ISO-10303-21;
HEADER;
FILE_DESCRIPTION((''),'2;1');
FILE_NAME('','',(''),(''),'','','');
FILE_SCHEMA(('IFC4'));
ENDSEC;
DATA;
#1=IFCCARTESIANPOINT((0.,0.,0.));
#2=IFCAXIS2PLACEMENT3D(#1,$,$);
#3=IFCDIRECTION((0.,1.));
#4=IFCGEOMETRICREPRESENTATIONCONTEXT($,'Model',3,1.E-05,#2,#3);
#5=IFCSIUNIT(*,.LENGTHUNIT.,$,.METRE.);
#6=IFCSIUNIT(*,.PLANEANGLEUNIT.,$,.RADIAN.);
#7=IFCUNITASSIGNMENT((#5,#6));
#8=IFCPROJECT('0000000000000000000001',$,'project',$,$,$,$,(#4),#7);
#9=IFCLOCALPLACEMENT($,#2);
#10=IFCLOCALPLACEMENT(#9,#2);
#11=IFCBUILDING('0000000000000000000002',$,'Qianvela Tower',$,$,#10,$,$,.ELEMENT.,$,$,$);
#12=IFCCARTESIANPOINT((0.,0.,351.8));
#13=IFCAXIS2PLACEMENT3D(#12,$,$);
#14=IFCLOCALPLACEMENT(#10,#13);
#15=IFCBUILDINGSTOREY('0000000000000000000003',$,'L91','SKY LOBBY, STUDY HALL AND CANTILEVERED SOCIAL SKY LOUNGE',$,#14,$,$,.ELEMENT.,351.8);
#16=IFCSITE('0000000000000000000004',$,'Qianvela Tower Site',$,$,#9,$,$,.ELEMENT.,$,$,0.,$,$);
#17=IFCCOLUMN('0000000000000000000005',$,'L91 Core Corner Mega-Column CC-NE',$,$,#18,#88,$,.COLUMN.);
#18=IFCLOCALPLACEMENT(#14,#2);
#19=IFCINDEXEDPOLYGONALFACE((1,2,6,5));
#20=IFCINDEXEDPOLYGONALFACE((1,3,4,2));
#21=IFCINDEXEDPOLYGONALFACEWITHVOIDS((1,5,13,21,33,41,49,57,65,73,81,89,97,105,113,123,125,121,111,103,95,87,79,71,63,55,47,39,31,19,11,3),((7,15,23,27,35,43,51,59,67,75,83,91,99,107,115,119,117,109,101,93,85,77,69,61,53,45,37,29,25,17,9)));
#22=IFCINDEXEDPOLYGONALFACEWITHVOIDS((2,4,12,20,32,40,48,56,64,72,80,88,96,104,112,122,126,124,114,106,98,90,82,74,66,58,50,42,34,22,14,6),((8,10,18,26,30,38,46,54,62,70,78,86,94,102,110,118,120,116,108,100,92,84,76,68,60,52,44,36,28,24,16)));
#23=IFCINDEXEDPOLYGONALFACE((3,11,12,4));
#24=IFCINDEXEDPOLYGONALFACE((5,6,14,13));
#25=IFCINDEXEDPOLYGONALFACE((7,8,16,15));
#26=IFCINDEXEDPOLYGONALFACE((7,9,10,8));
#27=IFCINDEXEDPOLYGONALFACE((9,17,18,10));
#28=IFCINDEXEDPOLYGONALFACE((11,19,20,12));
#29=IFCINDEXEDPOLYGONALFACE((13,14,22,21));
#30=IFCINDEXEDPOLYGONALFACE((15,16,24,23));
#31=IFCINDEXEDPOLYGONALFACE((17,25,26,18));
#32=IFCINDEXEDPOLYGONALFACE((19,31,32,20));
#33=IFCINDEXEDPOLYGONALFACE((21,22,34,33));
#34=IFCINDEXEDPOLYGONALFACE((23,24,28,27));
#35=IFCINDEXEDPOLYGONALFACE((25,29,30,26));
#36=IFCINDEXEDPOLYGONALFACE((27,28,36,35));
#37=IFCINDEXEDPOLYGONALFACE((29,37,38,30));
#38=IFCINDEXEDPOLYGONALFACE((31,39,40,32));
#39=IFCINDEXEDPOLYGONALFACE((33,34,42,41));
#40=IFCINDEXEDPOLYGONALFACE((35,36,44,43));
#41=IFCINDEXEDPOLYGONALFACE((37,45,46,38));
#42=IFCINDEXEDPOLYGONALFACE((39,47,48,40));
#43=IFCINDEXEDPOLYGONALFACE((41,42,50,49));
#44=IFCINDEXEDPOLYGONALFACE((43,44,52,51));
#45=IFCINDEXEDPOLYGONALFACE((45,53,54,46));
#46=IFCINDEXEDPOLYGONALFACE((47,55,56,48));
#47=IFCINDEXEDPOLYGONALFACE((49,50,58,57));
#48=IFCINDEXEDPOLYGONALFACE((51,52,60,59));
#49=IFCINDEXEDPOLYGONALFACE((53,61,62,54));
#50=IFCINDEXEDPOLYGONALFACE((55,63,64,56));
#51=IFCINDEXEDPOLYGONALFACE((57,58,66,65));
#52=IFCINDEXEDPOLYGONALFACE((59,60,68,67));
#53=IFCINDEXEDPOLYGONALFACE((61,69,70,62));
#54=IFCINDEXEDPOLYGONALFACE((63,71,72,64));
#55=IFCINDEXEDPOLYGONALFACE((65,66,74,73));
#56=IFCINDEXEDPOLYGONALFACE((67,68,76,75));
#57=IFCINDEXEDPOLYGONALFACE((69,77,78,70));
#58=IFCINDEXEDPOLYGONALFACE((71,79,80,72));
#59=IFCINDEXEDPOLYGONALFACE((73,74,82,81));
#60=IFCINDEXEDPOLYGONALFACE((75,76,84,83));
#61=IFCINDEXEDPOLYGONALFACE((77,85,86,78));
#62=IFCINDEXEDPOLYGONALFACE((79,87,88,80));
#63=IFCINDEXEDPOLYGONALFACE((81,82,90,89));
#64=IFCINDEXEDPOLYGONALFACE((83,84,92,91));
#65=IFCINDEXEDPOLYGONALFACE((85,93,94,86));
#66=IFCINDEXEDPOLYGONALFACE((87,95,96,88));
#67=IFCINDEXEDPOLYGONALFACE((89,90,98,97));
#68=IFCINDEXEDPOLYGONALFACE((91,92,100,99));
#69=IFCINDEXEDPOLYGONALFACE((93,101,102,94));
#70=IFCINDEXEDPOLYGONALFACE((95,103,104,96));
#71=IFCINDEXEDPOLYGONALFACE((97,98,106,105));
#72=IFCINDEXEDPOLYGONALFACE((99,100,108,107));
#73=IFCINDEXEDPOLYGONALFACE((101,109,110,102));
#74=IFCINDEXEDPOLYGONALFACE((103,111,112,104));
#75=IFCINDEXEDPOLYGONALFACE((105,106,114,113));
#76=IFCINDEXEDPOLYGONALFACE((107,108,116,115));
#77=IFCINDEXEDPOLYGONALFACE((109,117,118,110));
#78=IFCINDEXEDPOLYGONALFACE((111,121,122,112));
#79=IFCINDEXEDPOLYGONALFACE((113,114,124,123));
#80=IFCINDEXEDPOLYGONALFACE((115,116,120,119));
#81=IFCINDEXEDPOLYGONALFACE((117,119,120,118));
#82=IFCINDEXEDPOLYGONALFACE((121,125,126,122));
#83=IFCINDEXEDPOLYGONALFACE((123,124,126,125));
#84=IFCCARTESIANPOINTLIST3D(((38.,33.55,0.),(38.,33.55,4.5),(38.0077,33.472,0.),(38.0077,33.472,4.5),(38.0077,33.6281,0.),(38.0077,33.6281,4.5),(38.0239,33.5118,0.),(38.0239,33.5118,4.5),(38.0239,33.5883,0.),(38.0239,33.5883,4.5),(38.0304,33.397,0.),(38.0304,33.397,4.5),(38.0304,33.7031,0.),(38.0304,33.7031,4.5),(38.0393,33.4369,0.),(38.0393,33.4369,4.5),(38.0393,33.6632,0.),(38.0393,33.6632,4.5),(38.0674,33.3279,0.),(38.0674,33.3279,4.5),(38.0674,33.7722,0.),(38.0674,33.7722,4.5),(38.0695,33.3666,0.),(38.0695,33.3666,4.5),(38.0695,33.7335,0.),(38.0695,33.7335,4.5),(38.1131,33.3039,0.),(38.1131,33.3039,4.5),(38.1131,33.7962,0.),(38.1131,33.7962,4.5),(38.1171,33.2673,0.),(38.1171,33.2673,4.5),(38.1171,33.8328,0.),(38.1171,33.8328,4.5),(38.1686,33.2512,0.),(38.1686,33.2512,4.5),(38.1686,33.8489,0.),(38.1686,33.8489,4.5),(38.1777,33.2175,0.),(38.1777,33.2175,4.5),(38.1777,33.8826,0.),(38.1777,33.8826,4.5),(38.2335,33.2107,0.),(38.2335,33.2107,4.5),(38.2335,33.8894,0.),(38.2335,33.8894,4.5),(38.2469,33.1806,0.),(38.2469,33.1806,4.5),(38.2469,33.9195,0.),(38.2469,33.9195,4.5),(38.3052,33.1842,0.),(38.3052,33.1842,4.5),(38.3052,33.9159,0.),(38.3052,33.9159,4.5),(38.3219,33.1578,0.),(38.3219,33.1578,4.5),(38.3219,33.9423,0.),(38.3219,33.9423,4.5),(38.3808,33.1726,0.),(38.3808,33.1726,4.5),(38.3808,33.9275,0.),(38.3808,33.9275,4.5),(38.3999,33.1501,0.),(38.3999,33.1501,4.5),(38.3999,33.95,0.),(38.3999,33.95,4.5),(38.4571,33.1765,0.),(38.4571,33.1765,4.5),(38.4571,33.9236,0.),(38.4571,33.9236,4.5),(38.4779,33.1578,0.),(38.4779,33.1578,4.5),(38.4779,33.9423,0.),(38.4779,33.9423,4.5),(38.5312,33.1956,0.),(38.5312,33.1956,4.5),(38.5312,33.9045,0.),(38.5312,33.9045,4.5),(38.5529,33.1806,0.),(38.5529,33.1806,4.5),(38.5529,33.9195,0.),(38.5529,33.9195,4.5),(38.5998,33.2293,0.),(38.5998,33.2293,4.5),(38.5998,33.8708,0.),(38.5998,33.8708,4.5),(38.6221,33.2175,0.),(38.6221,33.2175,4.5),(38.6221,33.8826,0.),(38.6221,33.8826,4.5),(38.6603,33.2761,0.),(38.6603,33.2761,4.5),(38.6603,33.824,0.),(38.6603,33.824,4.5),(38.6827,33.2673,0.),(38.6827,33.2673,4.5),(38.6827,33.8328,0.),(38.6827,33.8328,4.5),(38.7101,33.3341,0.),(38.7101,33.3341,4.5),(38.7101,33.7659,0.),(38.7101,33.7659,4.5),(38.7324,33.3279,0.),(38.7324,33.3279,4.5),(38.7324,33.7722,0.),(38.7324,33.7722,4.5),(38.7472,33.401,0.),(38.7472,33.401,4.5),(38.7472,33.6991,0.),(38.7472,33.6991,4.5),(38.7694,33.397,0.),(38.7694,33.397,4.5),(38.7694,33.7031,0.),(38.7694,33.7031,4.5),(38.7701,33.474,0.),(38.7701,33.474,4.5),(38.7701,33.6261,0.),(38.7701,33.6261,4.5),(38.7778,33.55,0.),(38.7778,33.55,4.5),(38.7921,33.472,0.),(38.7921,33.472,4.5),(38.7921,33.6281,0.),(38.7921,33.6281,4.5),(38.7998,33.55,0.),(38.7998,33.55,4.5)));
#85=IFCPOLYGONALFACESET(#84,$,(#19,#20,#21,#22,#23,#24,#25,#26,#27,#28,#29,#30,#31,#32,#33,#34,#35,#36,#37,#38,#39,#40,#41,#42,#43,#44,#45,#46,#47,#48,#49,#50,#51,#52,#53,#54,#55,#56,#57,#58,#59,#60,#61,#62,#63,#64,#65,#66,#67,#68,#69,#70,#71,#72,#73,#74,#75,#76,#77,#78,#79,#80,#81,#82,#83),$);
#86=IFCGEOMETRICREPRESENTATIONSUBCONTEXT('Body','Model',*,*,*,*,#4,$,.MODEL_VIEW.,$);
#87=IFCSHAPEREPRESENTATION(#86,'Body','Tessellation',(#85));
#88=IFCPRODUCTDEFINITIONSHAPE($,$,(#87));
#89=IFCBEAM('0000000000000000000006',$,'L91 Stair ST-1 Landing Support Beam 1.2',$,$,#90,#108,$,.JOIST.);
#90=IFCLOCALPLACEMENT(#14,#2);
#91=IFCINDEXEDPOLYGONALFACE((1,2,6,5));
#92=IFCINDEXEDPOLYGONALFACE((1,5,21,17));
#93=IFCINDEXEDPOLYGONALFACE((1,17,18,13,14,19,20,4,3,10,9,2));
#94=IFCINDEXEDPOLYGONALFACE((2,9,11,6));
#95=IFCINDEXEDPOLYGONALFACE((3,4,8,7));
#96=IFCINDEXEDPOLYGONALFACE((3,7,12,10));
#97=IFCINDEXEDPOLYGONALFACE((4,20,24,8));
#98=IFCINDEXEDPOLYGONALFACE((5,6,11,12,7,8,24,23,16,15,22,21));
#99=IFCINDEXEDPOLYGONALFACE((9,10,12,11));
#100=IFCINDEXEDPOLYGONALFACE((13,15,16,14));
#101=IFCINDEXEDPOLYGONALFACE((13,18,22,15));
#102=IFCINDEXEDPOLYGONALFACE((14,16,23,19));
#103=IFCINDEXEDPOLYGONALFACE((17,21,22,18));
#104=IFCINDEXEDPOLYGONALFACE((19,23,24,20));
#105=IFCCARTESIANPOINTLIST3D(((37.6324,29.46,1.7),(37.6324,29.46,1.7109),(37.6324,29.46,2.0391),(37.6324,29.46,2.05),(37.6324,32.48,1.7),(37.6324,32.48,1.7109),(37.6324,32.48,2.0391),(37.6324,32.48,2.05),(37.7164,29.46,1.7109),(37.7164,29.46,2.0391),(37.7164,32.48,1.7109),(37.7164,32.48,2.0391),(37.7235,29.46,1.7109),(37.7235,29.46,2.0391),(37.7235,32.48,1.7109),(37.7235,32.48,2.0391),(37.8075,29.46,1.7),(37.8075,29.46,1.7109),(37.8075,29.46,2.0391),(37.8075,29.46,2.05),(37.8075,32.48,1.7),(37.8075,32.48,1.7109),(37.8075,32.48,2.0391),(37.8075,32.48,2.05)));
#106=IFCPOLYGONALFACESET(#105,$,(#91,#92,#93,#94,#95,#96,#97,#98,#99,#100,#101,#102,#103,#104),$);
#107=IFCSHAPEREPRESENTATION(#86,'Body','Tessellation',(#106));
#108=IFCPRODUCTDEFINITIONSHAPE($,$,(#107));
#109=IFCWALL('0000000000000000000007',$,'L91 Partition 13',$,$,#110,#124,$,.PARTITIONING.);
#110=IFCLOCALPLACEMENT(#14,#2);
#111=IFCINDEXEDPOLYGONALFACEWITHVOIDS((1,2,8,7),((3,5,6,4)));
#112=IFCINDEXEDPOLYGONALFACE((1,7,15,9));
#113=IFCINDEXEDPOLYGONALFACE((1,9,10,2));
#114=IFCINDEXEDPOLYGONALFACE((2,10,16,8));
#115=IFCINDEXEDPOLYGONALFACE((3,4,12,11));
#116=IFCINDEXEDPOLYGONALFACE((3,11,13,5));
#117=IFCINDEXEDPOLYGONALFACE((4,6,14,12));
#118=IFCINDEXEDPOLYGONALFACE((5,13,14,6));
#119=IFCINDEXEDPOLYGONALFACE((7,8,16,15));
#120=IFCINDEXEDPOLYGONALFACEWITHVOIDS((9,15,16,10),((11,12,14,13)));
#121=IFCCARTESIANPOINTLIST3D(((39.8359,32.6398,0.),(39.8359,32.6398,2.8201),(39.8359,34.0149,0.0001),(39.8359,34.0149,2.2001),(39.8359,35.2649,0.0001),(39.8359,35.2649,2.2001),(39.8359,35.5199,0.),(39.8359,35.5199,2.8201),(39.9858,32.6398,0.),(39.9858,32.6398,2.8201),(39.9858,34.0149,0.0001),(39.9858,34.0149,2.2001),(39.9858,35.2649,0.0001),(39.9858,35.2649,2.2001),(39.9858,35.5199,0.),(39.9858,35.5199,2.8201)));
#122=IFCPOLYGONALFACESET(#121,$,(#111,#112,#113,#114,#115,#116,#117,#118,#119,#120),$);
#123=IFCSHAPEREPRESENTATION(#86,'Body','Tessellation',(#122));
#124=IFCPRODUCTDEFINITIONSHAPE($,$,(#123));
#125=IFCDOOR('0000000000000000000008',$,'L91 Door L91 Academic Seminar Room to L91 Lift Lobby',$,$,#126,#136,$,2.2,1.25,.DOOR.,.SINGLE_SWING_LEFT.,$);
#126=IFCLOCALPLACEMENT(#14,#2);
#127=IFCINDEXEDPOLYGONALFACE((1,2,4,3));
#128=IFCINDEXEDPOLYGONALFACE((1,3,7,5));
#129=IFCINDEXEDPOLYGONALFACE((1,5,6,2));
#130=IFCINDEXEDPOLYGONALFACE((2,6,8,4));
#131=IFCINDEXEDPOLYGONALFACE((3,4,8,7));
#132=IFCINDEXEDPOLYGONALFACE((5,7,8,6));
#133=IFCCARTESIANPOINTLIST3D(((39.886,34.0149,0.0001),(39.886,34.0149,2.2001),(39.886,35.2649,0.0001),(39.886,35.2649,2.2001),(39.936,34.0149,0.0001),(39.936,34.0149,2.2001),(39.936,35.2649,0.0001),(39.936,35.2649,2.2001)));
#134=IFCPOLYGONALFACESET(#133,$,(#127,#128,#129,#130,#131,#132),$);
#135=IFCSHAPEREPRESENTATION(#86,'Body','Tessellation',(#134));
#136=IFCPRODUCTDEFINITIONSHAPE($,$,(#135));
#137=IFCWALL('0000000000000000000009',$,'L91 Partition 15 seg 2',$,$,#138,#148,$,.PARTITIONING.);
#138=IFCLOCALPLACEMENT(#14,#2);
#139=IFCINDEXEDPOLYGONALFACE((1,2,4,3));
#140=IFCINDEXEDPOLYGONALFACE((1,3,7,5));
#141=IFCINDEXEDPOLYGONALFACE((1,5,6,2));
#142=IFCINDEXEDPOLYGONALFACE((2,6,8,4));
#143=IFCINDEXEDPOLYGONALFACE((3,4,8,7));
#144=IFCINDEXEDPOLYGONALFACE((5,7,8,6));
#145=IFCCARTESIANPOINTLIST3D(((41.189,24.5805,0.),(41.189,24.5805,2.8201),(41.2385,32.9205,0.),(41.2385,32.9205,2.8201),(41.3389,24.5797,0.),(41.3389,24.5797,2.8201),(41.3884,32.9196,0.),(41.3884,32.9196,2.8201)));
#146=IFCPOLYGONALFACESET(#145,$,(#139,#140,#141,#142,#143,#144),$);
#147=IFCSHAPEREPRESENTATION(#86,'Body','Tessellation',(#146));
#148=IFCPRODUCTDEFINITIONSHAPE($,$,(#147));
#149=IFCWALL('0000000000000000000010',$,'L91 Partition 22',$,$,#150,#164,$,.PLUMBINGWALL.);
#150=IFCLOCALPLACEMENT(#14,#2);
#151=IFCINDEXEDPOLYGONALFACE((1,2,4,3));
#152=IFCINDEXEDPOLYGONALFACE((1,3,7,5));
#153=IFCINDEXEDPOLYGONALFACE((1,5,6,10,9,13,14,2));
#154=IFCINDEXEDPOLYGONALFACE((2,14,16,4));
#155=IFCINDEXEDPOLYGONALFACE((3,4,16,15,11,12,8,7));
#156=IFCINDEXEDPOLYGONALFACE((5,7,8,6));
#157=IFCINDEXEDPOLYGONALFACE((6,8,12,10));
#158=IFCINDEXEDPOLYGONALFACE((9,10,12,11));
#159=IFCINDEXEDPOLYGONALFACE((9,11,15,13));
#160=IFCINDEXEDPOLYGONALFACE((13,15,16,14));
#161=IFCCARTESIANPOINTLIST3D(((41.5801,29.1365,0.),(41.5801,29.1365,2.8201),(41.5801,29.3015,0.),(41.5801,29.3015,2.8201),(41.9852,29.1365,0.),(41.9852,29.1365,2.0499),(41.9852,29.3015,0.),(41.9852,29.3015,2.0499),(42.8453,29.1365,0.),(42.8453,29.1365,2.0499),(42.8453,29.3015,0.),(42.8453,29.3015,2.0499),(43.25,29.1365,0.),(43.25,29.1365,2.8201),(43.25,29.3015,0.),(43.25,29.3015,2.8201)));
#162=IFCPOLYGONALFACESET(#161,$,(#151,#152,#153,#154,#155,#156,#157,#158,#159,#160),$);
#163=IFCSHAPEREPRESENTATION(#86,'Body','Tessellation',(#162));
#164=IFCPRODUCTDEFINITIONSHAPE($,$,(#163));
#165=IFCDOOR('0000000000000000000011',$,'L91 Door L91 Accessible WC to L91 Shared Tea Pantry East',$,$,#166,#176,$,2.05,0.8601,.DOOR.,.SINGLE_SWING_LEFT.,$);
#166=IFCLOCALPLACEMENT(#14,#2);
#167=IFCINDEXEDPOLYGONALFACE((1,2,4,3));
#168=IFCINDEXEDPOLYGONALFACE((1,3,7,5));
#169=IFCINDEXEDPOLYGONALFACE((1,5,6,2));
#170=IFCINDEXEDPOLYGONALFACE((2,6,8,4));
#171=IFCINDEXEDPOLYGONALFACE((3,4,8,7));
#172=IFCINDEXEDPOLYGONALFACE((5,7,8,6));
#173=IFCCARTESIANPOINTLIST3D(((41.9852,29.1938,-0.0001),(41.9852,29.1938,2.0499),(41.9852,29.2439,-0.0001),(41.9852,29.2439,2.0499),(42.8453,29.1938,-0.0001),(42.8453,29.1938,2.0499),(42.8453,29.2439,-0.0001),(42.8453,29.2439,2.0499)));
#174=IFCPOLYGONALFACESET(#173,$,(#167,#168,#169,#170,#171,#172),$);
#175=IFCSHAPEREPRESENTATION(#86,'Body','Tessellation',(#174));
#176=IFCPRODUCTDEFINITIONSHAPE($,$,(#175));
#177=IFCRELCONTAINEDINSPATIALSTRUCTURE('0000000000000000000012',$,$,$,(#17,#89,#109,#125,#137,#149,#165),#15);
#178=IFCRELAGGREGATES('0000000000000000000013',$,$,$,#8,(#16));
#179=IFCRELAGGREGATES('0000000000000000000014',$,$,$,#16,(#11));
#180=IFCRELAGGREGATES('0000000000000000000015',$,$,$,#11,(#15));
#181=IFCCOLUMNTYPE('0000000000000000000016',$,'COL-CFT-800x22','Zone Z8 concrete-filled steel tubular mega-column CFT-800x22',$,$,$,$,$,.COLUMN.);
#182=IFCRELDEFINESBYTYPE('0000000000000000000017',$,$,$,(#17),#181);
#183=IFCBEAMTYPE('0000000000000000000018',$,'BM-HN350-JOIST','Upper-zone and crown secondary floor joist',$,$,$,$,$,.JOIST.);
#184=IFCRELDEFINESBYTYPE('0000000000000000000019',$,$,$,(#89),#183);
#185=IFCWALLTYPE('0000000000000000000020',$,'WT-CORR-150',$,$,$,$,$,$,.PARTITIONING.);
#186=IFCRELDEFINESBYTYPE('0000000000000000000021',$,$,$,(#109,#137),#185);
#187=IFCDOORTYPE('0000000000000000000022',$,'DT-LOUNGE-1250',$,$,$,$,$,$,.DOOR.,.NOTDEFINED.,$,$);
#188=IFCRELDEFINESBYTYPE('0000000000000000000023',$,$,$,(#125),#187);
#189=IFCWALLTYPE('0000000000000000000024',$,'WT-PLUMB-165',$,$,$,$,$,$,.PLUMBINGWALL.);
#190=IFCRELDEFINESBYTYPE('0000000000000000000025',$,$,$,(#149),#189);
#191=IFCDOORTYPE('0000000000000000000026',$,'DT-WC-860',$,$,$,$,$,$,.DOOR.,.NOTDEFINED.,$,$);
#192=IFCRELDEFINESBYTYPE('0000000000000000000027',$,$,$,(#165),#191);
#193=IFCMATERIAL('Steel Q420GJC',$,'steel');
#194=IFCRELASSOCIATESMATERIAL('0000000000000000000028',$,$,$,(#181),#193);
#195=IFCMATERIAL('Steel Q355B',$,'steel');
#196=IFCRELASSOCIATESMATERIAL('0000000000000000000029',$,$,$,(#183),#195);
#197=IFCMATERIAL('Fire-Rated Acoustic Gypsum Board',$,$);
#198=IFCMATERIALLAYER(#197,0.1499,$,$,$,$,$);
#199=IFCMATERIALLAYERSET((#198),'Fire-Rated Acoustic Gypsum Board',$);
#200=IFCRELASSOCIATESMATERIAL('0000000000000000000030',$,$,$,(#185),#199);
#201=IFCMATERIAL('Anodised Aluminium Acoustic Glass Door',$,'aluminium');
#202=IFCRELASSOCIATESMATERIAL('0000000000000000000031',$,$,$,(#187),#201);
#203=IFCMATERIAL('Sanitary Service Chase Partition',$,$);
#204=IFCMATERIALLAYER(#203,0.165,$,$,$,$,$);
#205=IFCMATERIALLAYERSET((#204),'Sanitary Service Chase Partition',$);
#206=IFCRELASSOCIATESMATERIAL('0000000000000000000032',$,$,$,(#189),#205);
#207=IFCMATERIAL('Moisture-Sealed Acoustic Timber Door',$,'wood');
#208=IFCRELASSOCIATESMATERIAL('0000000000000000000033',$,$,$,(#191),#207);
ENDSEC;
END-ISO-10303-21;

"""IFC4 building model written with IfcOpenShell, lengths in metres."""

from ifc_helpers import new_model, si_unit, direction, frame, frame_2d, origin, origin_2d, place, context, subcontext, project, spatial, rectangle, hollow_circle, i_section, extrude, material, layer, layer_set, material_profile, profile_set, type_object, element, fill, save


model = new_model("IFC4")

# Units and contexts
model_context = context("Model", 3, precision=1e-05, world=origin(), true_north=direction((0.0, 1.0)))
body_context = subcontext(model_context, "Body", "Model", "MODEL_VIEW")
ifc_project = project(units=[si_unit("LENGTHUNIT", "METRE"), si_unit("PLANEANGLEUNIT", "RADIAN")], contexts=[model_context])

# Site, building, storey
site_placement = place(None, origin())
site = spatial("IfcSite", under=ifc_project, at=site_placement, Name="Qianvela Tower Site", CompositionType="ELEMENT", RefElevation=0.0)
building_placement = place(site_placement, origin())
building = spatial("IfcBuilding", under=site, at=building_placement, Name="Qianvela Tower", CompositionType="ELEMENT")
storey_placement = place(building_placement, frame((0.0, 0.0, 351.8)))
storey = spatial("IfcBuildingStorey", under=building, at=storey_placement, Name="L91", Description="SKY LOBBY, STUDY HALL AND CANTILEVERED SOCIAL SKY LOUNGE", CompositionType="ELEMENT", Elevation=351.8)

# Column
ifc_material_1 = material(Name="Steel Q420GJC", Category="steel")
ifc_material_profile_1 = material_profile(ifc_material_1, hollow_circle(Radius=0.3999, WallThickness=0.022, at=origin_2d()), Name="CFT-800x22")
ifc_profile_set_1 = profile_set([ifc_material_profile_1], Name="Steel Q420GJC")
column_type = type_object("IfcColumnType", Name="COL-CFT-800x22", Description="Zone Z8 concrete-filled steel tubular mega-column CFT-800x22", PredefinedType="COLUMN", material=ifc_profile_set_1)
column_placement = place(storey_placement, frame((38.3999, 33.55, 0.0), z_axis=(0.0, 0.0, 1.0), x_axis=(1.0, 0.0, 0.0)))
element("IfcColumn", 1, at=column_placement, inside=storey, type_object=column_type, Name="L91 Core Corner Mega-Column CC-NE", PredefinedType="COLUMN", context=body_context, shape_type="SweptSolid", body=[
    extrude(hollow_circle(Radius=0.3999, WallThickness=0.022, at=origin_2d()), origin(), (0.0, 0.0, 1.0), 4.5),
])

# Beam
ifc_material_2 = material(Name="Steel Q355B", Category="steel")
ifc_material_profile_2 = material_profile(ifc_material_2, i_section(OverallWidth=0.175, OverallDepth=0.3501, WebThickness=0.0071, FlangeThickness=0.011, at=origin_2d()), Name="HN350x175x7x11")
ifc_profile_set_2 = profile_set([ifc_material_profile_2], Name="Steel Q355B")
beam_type = type_object("IfcBeamType", Name="BM-HN350-JOIST", Description="Upper-zone and crown secondary floor joist", PredefinedType="JOIST", material=ifc_profile_set_2)
beam_placement = place(storey_placement, frame((37.72, 29.46, 1.875), z_axis=(0.0, 1.0, 0.0), x_axis=(-1.0, 0.0, 0.0)))
element("IfcBeam", 2, at=beam_placement, inside=storey, type_object=beam_type, Name="L91 Stair ST-1 Landing Support Beam 1.2", PredefinedType="JOIST", context=body_context, shape_type="SweptSolid", body=[
    extrude(i_section(OverallWidth=0.175, OverallDepth=0.3501, WebThickness=0.0071, FlangeThickness=0.011, at=origin_2d()), origin(), (0.0, 0.0, 1.0), 3.02),
])

# Wall, opening, door
ifc_material_3 = material(Name="Fire-Rated Acoustic Gypsum Board")
ifc_layer_1 = layer(ifc_material_3, 0.1499)
ifc_layer_set_1 = layer_set([ifc_layer_1], Name="Fire-Rated Acoustic Gypsum Board")
wall_type_1 = type_object("IfcWallType", Name="WT-CORR-150", PredefinedType="PARTITIONING", material=ifc_layer_set_1)
wall_1_placement = place(storey_placement, frame((39.9109, 32.6399, 0.0), z_axis=(0.0, 0.0, 1.0), x_axis=(0.0, 1.0, 0.0)))
wall_1 = element("IfcWall", 3, at=wall_1_placement, inside=storey, type_object=wall_type_1, Name="L91 Partition 13", PredefinedType="PARTITIONING", context=body_context, shape_type="SweptSolid", body=[
    extrude(rectangle(XDim=2.8801, YDim=0.1499, at=frame_2d((1.4399, 0.0))), origin(), (0.0, 0.0, 1.0), 2.8201),
])
opening_1_placement = place(wall_1_placement, frame((1.375, 0.0, 0.0)))
opening_1 = element("IfcOpeningElement", 4, at=opening_1_placement, cuts=wall_1, PredefinedType="OPENING", context=body_context, shape_type="SweptSolid", body=[
    extrude(rectangle(XDim=1.25, YDim=2.2, at=frame_2d((0.625, 1.1001))), frame((0.0, 0.085, 0.0), z_axis=(0.0, -1.0, 0.0), x_axis=(1.0, 0.0, 0.0)), (0.0, 0.0, 1.0), 0.1699),
])
ifc_material_4 = material(Name="Anodised Aluminium Acoustic Glass Door", Category="aluminium")
door_type_1 = type_object("IfcDoorType", Name="DT-LOUNGE-1250", OperationType="NOTDEFINED", PredefinedType="DOOR", material=ifc_material_4)
door_1_placement = place(opening_1_placement, origin())
door_1 = element("IfcDoor", 5, at=door_1_placement, inside=storey, type_object=door_type_1, Name="L91 Door L91 Academic Seminar Room to L91 Lift Lobby", OperationType="SINGLE_SWING_LEFT", OverallHeight=2.2, OverallWidth=1.25, PredefinedType="DOOR", context=body_context, shape_type="SweptSolid", body=[
    extrude(rectangle(XDim=1.25, YDim=2.2, at=frame_2d((0.625, 1.1001))), frame((0.0, 0.0249, 0.0), z_axis=(0.0, -1.0, 0.0), x_axis=(1.0, 0.0, 0.0)), (0.0, 0.0, 1.0), 0.05),
])
fill(opening_1, door_1)

# Wall
wall_2_placement = place(storey_placement, frame((41.3135, 32.9199, 0.0), z_axis=(0.0, 0.0, 1.0), x_axis=(-0.005943, -0.999982, 0.0)))
element("IfcWall", 6, at=wall_2_placement, inside=storey, type_object=wall_type_1, Name="L91 Partition 15 seg 2", PredefinedType="PARTITIONING", context=body_context, shape_type="SweptSolid", body=[
    extrude(rectangle(XDim=8.3401, YDim=0.1499, at=frame_2d((4.1699, 0.0))), origin(), (0.0, 0.0, 1.0), 2.8201),
])

# Wall, opening, door
ifc_material_5 = material(Name="Sanitary Service Chase Partition")
ifc_layer_2 = layer(ifc_material_5, 0.165)
ifc_layer_set_2 = layer_set([ifc_layer_2], Name="Sanitary Service Chase Partition")
wall_type_2 = type_object("IfcWallType", Name="WT-PLUMB-165", PredefinedType="PLUMBINGWALL", material=ifc_layer_set_2)
wall_3_placement = place(storey_placement, frame((41.5801, 29.219, 0.0), z_axis=(0.0, 0.0, 1.0), x_axis=(1.0, 0.0, 0.0)))
wall_3 = element("IfcWall", 7, at=wall_3_placement, inside=storey, type_object=wall_type_2, Name="L91 Partition 22", PredefinedType="PLUMBINGWALL", context=body_context, shape_type="SweptSolid", body=[
    extrude(rectangle(XDim=1.6699, YDim=0.165, at=frame_2d((0.835, 0.0))), origin(), (0.0, 0.0, 1.0), 2.8201),
])
opening_2_placement = place(wall_3_placement, frame((0.405, 0.0, 0.0)))
opening_2 = element("IfcOpeningElement", 8, at=opening_2_placement, cuts=wall_3, PredefinedType="OPENING", context=body_context, shape_type="SweptSolid", body=[
    extrude(rectangle(XDim=0.8601, YDim=2.05, at=frame_2d((0.4302, 1.0249))), frame((0.0, 0.0925, 0.0), z_axis=(0.0, -1.0, 0.0), x_axis=(1.0, 0.0, 0.0)), (0.0, 0.0, 1.0), 0.1851),
])
ifc_material_6 = material(Name="Moisture-Sealed Acoustic Timber Door", Category="wood")
door_type_2 = type_object("IfcDoorType", Name="DT-WC-860", OperationType="NOTDEFINED", PredefinedType="DOOR", material=ifc_material_6)
door_2_placement = place(opening_2_placement, origin())
door_2 = element("IfcDoor", 9, at=door_2_placement, inside=storey, type_object=door_type_2, Name="L91 Door L91 Accessible WC to L91 Shared Tea Pantry East", OperationType="SINGLE_SWING_LEFT", OverallHeight=2.05, OverallWidth=0.8601, PredefinedType="DOOR", context=body_context, shape_type="SweptSolid", body=[
    extrude(rectangle(XDim=0.8601, YDim=2.05, at=frame_2d((0.4302, 1.0249))), frame((0.0, 0.0249, 0.0), z_axis=(0.0, -1.0, 0.0), x_axis=(1.0, 0.0, 0.0)), (0.0, 0.0, 1.0), 0.05),
])
fill(opening_2, door_2)

save(model, "model.ifc")
